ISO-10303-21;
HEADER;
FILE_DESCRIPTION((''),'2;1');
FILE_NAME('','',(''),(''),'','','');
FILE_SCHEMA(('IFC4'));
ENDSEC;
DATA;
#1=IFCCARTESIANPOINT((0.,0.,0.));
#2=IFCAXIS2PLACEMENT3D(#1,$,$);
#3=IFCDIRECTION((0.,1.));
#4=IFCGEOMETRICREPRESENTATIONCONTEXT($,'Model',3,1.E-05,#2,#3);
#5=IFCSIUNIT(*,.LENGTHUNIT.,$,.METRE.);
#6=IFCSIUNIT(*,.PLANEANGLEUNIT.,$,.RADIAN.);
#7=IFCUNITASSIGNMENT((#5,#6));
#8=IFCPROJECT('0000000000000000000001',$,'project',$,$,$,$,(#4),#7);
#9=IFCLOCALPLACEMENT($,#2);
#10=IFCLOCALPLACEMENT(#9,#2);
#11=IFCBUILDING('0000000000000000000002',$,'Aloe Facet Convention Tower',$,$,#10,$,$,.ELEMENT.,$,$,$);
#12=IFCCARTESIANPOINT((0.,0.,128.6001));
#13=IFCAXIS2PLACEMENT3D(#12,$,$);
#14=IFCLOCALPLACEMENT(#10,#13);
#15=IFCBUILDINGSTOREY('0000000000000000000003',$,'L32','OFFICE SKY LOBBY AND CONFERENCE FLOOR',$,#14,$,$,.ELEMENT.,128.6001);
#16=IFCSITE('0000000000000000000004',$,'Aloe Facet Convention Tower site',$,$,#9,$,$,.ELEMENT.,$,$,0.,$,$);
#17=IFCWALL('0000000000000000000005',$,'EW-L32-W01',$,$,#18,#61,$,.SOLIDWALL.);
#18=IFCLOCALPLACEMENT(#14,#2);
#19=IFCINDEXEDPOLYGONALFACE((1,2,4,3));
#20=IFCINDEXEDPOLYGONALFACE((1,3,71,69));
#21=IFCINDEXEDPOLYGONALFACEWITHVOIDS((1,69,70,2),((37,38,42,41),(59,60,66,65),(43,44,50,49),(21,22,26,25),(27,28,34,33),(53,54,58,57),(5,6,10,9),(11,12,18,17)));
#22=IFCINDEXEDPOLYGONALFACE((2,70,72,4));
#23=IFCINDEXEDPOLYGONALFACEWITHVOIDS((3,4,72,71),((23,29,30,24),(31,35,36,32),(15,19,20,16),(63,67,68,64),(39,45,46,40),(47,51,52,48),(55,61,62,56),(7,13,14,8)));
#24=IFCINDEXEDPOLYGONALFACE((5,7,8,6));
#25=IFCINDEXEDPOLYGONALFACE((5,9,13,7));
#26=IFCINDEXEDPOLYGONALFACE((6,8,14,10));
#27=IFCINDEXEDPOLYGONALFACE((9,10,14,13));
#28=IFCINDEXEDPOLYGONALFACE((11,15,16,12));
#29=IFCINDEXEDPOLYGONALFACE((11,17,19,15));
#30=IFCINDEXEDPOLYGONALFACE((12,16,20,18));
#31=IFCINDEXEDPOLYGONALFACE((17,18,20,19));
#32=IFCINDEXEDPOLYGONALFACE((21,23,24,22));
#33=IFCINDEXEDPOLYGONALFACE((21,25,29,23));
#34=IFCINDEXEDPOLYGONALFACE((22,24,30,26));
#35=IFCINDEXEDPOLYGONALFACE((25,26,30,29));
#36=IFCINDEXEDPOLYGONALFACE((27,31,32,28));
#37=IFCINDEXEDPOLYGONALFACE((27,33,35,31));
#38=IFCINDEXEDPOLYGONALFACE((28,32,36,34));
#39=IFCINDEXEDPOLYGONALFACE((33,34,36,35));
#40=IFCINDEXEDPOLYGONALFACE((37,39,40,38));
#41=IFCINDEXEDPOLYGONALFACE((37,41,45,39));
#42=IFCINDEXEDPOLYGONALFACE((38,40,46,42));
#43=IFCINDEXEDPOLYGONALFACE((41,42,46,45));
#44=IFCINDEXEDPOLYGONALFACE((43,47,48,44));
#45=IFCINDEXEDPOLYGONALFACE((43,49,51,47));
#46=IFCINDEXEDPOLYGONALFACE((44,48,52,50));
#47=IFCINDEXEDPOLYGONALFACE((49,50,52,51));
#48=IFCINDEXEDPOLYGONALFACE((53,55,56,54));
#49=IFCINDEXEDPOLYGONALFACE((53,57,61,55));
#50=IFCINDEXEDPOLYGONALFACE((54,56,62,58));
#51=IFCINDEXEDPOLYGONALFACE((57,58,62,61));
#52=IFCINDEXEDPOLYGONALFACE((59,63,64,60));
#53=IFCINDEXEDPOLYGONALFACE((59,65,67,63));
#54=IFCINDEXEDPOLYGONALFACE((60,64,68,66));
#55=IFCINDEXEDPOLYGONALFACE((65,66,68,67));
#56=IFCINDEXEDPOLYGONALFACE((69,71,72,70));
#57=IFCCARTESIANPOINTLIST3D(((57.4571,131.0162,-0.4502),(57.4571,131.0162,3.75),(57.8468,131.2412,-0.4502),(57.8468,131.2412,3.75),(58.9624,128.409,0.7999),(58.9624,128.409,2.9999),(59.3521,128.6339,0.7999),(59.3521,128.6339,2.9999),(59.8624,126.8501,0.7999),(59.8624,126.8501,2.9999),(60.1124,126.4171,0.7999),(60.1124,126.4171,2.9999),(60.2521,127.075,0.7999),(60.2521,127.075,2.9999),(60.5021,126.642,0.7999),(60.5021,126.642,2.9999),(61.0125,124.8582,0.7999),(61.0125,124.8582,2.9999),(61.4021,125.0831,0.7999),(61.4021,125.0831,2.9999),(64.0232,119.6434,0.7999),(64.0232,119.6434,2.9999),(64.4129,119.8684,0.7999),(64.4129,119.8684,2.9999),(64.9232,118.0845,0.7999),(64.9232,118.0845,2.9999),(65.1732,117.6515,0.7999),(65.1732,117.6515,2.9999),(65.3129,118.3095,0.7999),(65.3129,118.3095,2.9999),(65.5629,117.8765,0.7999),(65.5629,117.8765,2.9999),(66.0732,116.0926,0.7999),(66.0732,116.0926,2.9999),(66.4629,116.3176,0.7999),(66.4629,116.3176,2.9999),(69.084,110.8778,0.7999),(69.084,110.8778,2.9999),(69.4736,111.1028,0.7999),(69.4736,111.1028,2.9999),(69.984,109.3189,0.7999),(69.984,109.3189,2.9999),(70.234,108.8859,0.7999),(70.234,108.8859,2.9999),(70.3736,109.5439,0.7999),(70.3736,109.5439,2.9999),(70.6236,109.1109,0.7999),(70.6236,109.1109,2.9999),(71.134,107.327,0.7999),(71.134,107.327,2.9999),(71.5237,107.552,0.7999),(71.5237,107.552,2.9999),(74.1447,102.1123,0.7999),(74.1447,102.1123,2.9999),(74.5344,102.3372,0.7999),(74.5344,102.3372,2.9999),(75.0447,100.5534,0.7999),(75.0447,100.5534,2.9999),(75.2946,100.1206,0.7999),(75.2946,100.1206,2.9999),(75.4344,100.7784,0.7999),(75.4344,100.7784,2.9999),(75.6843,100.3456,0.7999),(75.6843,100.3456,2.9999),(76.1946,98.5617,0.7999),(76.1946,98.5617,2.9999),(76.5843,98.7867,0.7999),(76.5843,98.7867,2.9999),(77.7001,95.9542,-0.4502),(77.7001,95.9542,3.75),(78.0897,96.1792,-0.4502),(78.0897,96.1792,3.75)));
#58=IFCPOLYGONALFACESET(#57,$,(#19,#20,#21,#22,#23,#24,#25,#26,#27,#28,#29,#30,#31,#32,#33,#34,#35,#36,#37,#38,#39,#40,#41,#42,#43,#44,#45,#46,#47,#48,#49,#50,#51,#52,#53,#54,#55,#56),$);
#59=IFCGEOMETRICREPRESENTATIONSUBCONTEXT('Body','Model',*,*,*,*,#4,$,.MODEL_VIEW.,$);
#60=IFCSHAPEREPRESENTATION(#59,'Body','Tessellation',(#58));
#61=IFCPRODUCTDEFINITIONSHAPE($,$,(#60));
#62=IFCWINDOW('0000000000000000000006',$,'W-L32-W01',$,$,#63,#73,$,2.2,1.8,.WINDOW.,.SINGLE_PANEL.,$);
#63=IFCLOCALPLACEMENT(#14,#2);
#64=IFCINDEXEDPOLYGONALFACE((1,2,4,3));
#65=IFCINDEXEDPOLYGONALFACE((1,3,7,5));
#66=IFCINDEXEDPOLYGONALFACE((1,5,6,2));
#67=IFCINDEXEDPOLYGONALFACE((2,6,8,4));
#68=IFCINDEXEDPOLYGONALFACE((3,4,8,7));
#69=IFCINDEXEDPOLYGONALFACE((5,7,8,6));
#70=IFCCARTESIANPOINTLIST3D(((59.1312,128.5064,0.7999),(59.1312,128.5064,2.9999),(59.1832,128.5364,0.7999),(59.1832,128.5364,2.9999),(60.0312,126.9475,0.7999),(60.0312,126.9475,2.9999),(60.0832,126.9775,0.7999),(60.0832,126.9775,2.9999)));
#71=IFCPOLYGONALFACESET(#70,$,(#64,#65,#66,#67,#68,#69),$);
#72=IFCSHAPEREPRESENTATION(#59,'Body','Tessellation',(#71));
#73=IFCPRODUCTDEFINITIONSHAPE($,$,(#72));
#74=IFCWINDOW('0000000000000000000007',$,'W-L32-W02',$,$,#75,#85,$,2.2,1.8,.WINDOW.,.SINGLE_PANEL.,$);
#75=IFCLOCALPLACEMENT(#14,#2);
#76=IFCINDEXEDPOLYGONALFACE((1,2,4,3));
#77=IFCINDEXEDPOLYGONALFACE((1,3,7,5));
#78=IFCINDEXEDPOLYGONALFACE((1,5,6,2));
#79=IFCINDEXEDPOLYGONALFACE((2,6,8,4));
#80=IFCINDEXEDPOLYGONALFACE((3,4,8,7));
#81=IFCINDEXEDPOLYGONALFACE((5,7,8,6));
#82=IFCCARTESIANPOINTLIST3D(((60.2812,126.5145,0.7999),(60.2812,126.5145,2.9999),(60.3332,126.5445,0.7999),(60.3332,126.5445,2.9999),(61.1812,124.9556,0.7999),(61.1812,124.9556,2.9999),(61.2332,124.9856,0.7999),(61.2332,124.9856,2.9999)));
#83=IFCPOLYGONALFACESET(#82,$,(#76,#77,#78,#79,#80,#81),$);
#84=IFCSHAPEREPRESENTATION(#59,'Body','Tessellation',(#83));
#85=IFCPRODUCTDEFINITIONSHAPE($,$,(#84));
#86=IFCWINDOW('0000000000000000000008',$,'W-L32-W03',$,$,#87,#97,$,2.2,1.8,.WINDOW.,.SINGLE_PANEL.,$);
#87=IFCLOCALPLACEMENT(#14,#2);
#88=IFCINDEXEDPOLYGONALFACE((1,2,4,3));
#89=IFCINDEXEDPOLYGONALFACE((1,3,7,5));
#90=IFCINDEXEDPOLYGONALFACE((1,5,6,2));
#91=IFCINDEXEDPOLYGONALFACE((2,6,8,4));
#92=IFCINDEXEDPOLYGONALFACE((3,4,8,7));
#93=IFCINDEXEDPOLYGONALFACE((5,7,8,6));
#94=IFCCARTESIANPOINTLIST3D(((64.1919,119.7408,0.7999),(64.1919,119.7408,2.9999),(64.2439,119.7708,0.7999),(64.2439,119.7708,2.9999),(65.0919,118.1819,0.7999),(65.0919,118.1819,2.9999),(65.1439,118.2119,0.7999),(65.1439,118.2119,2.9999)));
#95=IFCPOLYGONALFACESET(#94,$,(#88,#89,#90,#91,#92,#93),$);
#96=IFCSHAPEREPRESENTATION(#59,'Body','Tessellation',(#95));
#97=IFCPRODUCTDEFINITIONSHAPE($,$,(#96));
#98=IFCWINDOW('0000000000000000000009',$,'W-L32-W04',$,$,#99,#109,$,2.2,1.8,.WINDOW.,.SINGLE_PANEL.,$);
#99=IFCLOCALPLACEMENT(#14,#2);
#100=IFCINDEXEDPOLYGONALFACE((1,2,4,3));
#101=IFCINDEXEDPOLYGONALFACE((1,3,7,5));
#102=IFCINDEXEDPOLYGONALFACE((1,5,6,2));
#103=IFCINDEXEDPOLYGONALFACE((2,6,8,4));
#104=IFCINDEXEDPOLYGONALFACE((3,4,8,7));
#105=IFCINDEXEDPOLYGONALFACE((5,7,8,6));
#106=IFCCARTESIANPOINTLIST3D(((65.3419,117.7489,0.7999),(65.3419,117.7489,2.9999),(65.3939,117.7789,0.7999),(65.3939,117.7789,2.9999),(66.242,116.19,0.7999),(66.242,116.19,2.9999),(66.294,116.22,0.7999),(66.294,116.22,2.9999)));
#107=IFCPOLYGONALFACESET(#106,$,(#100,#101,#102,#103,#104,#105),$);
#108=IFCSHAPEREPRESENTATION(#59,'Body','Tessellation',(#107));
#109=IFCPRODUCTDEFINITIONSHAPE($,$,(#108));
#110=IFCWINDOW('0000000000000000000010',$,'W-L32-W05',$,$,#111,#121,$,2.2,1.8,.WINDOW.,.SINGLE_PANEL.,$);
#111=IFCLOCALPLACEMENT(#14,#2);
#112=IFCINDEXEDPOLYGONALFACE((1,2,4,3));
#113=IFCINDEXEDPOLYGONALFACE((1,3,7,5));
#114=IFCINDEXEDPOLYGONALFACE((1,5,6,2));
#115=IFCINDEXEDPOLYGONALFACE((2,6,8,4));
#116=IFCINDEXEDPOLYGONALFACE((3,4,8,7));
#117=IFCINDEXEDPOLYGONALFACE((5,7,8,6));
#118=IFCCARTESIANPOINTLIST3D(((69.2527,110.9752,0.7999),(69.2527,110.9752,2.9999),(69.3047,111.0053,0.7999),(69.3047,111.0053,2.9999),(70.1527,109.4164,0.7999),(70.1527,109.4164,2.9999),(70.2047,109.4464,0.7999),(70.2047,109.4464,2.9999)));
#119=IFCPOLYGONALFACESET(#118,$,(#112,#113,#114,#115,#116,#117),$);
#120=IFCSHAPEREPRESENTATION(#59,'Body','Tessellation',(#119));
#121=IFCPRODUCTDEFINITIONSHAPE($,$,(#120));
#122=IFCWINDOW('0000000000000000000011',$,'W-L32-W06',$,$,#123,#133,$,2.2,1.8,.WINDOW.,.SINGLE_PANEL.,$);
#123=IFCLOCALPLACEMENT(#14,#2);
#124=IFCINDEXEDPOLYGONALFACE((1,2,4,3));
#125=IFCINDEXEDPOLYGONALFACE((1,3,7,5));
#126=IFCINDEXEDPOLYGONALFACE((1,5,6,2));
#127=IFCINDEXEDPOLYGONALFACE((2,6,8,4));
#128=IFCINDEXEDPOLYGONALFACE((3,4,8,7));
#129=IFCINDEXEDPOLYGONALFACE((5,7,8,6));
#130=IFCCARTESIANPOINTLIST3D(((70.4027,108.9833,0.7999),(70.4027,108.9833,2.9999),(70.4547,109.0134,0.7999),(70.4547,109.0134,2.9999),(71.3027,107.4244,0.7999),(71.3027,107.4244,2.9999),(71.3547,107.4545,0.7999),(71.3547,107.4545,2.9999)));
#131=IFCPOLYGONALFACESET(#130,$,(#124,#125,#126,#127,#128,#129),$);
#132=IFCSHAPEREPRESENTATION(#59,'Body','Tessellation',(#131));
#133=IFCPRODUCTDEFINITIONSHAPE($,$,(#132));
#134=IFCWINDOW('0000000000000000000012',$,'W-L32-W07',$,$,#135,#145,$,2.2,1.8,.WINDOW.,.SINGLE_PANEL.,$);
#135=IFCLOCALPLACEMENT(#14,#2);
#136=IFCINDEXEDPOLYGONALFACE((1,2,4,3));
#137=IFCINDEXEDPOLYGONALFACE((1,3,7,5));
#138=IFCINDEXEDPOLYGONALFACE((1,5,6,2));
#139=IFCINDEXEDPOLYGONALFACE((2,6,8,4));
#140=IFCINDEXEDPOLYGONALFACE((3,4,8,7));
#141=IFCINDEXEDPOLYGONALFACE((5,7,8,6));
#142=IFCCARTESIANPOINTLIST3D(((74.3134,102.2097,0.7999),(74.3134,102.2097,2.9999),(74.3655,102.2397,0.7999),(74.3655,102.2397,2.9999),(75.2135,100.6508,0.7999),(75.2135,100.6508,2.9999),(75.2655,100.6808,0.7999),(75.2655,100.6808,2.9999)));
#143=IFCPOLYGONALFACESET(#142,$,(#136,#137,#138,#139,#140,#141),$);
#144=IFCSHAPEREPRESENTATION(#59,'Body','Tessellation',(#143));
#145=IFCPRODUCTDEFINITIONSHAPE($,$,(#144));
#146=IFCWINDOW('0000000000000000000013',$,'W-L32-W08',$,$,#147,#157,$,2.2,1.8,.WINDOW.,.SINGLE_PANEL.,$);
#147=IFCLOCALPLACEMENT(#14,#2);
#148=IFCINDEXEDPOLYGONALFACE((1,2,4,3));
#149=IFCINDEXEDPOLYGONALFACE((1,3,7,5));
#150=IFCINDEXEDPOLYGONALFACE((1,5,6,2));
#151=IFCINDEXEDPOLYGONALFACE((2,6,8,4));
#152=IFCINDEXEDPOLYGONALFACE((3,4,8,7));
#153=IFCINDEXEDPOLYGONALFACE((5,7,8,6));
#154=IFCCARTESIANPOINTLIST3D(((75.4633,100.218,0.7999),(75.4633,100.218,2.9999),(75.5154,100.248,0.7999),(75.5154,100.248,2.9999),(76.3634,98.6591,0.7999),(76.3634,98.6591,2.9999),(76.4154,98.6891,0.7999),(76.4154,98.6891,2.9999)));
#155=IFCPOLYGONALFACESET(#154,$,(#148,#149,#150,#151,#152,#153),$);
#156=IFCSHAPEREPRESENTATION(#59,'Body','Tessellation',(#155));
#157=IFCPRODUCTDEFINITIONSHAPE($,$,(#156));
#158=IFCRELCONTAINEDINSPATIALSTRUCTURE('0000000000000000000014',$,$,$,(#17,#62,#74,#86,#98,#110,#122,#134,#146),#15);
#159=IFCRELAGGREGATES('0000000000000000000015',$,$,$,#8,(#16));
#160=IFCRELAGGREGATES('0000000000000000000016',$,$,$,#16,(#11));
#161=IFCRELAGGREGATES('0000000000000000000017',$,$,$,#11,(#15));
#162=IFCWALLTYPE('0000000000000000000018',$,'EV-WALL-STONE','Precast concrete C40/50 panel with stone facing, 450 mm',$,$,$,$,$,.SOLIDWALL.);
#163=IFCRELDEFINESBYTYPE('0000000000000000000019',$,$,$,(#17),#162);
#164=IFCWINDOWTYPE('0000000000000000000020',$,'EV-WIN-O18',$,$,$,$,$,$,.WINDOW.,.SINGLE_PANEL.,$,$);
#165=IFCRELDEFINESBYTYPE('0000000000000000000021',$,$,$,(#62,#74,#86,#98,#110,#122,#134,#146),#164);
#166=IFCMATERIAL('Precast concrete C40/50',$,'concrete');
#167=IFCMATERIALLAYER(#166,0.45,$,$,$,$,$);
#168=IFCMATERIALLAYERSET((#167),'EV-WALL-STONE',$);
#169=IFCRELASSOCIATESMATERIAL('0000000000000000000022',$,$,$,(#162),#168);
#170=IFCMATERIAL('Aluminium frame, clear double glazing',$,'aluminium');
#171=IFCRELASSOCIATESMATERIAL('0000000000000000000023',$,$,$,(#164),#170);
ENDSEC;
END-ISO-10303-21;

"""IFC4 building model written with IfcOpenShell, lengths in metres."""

from ifc_helpers import new_model, si_unit, direction, frame, frame_2d, origin, place, context, subcontext, project, spatial, polyline, rectangle, outline, extrude, material, layer, layer_set, type_object, element, fill, save


model = new_model("IFC4")

# Units and contexts
model_context = context("Model", 3, precision=1e-05, world=origin(), true_north=direction((0.0, 1.0)))
body_context = subcontext(model_context, "Body", "Model", "MODEL_VIEW")
ifc_project = project(units=[si_unit("LENGTHUNIT", "METRE"), si_unit("PLANEANGLEUNIT", "RADIAN")], contexts=[model_context])

# Site, building, storey
site_placement = place(None, origin())
site = spatial("IfcSite", under=ifc_project, at=site_placement, Name="Aloe Facet Convention Tower site", CompositionType="ELEMENT", RefElevation=0.0)
building_placement = place(site_placement, origin())
building = spatial("IfcBuilding", under=site, at=building_placement, Name="Aloe Facet Convention Tower", CompositionType="ELEMENT")
storey_placement = place(building_placement, frame((0.0, 0.0, 128.6001)))
storey = spatial("IfcBuildingStorey", under=building, at=storey_placement, Name="L32", Description="OFFICE SKY LOBBY AND CONFERENCE FLOOR", CompositionType="ELEMENT", Elevation=128.6001)

# Wall, openings, windows
ifc_material_1 = material(Name="Precast concrete C40/50", Category="concrete")
ifc_layer_1 = layer(ifc_material_1, 0.45)
ifc_layer_set_1 = layer_set([ifc_layer_1], Name="EV-WALL-STONE")
wall_type_1 = type_object("IfcWallType", Name="EV-WALL-STONE", Description="Precast concrete C40/50 panel with stone facing, 450 mm", PredefinedType="SOLIDWALL", material=ifc_layer_set_1)
wall_1_placement = place(storey_placement, frame((57.6519, 131.1287, -0.4502), z_axis=(0.0, 0.0, 1.0), x_axis=(0.499997, -0.866027, 0.0)))
wall_1 = element("IfcWall", 1, at=wall_1_placement, inside=storey, type_object=wall_type_1, Name="EW-L32-W01", PredefinedType="SOLIDWALL", context=body_context, shape_type="SweptSolid", body=[
    extrude(outline(polyline([(40.4861, 0.0), (40.4861, 4.2002), (0.0, 4.2002), (0.0, 0.0), (40.4861, 0.0)])), frame((0.0, 0.2251, 0.0), z_axis=(0.0, -1.0, 0.0), x_axis=(1.0, 0.0, 0.0)), (0.0, 0.0, 1.0), 0.45),
])
opening_1_placement = place(wall_1_placement, frame((3.0107, 0.0, 1.25)))
opening_1 = element("IfcOpeningElement", 2, at=opening_1_placement, cuts=wall_1, PredefinedType="OPENING", context=body_context, shape_type="SweptSolid", body=[
    extrude(rectangle(XDim=1.8, YDim=2.2, at=frame_2d((0.8999, 1.1001))), frame((0.0, 0.2349, 0.0), z_axis=(0.0, -1.0, 0.0), x_axis=(1.0, 0.0, 0.0)), (0.0, 0.0, 1.0), 0.47),
])
opening_2_placement = place(wall_1_placement, frame((5.3108, 0.0, 1.25)))
opening_2 = element("IfcOpeningElement", 3, at=opening_2_placement, cuts=wall_1, PredefinedType="OPENING", context=body_context, shape_type="SweptSolid", body=[
    extrude(rectangle(XDim=1.8, YDim=2.2, at=frame_2d((0.8999, 1.1001))), frame((0.0, 0.2349, 0.0), z_axis=(0.0, -1.0, 0.0), x_axis=(1.0, 0.0, 0.0)), (0.0, 0.0, 1.0), 0.47),
])
opening_3_placement = place(wall_1_placement, frame((13.1323, 0.0, 1.25)))
opening_3 = element("IfcOpeningElement", 4, at=opening_3_placement, cuts=wall_1, PredefinedType="OPENING", context=body_context, shape_type="SweptSolid", body=[
    extrude(rectangle(XDim=1.8, YDim=2.2, at=frame_2d((0.8999, 1.1001))), frame((0.0, 0.2349, 0.0), z_axis=(0.0, -1.0, 0.0), x_axis=(1.0, 0.0, 0.0)), (0.0, 0.0, 1.0), 0.47),
])
opening_4_placement = place(wall_1_placement, frame((15.4324, 0.0, 1.25)))
opening_4 = element("IfcOpeningElement", 5, at=opening_4_placement, cuts=wall_1, PredefinedType="OPENING", context=body_context, shape_type="SweptSolid", body=[
    extrude(rectangle(XDim=1.8, YDim=2.2, at=frame_2d((0.8999, 1.1001))), frame((0.0, 0.2349, 0.0), z_axis=(0.0, -1.0, 0.0), x_axis=(1.0, 0.0, 0.0)), (0.0, 0.0, 1.0), 0.47),
])
opening_5_placement = place(wall_1_placement, frame((23.2539, 0.0, 1.25)))
opening_5 = element("IfcOpeningElement", 6, at=opening_5_placement, cuts=wall_1, PredefinedType="OPENING", context=body_context, shape_type="SweptSolid", body=[
    extrude(rectangle(XDim=1.8, YDim=2.2, at=frame_2d((0.8999, 1.1001))), frame((0.0, 0.2349, 0.0), z_axis=(0.0, -1.0, 0.0), x_axis=(1.0, 0.0, 0.0)), (0.0, 0.0, 1.0), 0.47),
])
opening_6_placement = place(wall_1_placement, frame((25.554, 0.0, 1.25)))
opening_6 = element("IfcOpeningElement", 7, at=opening_6_placement, cuts=wall_1, PredefinedType="OPENING", context=body_context, shape_type="SweptSolid", body=[
    extrude(rectangle(XDim=1.8, YDim=2.2, at=frame_2d((0.8999, 1.1001))), frame((0.0, 0.2349, 0.0), z_axis=(0.0, -1.0, 0.0), x_axis=(1.0, 0.0, 0.0)), (0.0, 0.0, 1.0), 0.47),
])
opening_7_placement = place(wall_1_placement, frame((33.3755, 0.0, 1.25)))
opening_7 = element("IfcOpeningElement", 8, at=opening_7_placement, cuts=wall_1, PredefinedType="OPENING", context=body_context, shape_type="SweptSolid", body=[
    extrude(rectangle(XDim=1.8, YDim=2.2, at=frame_2d((0.8999, 1.1001))), frame((0.0, 0.2349, 0.0), z_axis=(0.0, -1.0, 0.0), x_axis=(1.0, 0.0, 0.0)), (0.0, 0.0, 1.0), 0.47),
])
opening_8_placement = place(wall_1_placement, frame((35.6753, 0.0, 1.25)))
opening_8 = element("IfcOpeningElement", 9, at=opening_8_placement, cuts=wall_1, PredefinedType="OPENING", context=body_context, shape_type="SweptSolid", body=[
    extrude(rectangle(XDim=1.8, YDim=2.2, at=frame_2d((0.8999, 1.1001))), frame((0.0, 0.2349, 0.0), z_axis=(0.0, -1.0, 0.0), x_axis=(1.0, 0.0, 0.0)), (0.0, 0.0, 1.0), 0.47),
])
ifc_material_2 = material(Name="Aluminium frame, clear double glazing", Category="aluminium")
window_type = type_object("IfcWindowType", Name="EV-WIN-O18", PartitioningType="SINGLE_PANEL", PredefinedType="WINDOW", material=ifc_material_2)
window_1_placement = place(opening_1_placement, origin())
window_1 = element("IfcWindow", 10, at=window_1_placement, inside=storey, type_object=window_type, Name="W-L32-W01", OverallHeight=2.2, OverallWidth=1.8, PartitioningType="SINGLE_PANEL", PredefinedType="WINDOW", context=body_context, shape_type="SweptSolid", body=[
    extrude(rectangle(XDim=1.8, YDim=2.2, at=frame_2d((0.8999, 1.1001))), frame((0.0, 0.03, 0.0), z_axis=(0.0, -1.0, 0.0), x_axis=(1.0, 0.0, 0.0)), (0.0, 0.0, 1.0), 0.0601),
])
fill(opening_1, window_1)
window_2_placement = place(opening_2_placement, origin())
window_2 = element("IfcWindow", 11, at=window_2_placement, inside=storey, type_object=window_type, Name="W-L32-W02", OverallHeight=2.2, OverallWidth=1.8, PartitioningType="SINGLE_PANEL", PredefinedType="WINDOW", context=body_context, shape_type="SweptSolid", body=[
    extrude(rectangle(XDim=1.8, YDim=2.2, at=frame_2d((0.8999, 1.1001))), frame((0.0, 0.03, 0.0), z_axis=(0.0, -1.0, 0.0), x_axis=(1.0, 0.0, 0.0)), (0.0, 0.0, 1.0), 0.0601),
])
fill(opening_2, window_2)
window_3_placement = place(opening_3_placement, origin())
window_3 = element("IfcWindow", 12, at=window_3_placement, inside=storey, type_object=window_type, Name="W-L32-W03", OverallHeight=2.2, OverallWidth=1.8, PartitioningType="SINGLE_PANEL", PredefinedType="WINDOW", context=body_context, shape_type="SweptSolid", body=[
    extrude(rectangle(XDim=1.8, YDim=2.2, at=frame_2d((0.8999, 1.1001))), frame((0.0, 0.03, 0.0), z_axis=(0.0, -1.0, 0.0), x_axis=(1.0, 0.0, 0.0)), (0.0, 0.0, 1.0), 0.0601),
])
fill(opening_3, window_3)
window_4_placement = place(opening_4_placement, origin())
window_4 = element("IfcWindow", 13, at=window_4_placement, inside=storey, type_object=window_type, Name="W-L32-W04", OverallHeight=2.2, OverallWidth=1.8, PartitioningType="SINGLE_PANEL", PredefinedType="WINDOW", context=body_context, shape_type="SweptSolid", body=[
    extrude(rectangle(XDim=1.8, YDim=2.2, at=frame_2d((0.8999, 1.1001))), frame((0.0, 0.03, 0.0), z_axis=(0.0, -1.0, 0.0), x_axis=(1.0, 0.0, 0.0)), (0.0, 0.0, 1.0), 0.0601),
])
fill(opening_4, window_4)
window_5_placement = place(opening_5_placement, origin())
window_5 = element("IfcWindow", 14, at=window_5_placement, inside=storey, type_object=window_type, Name="W-L32-W05", OverallHeight=2.2, OverallWidth=1.8, PartitioningType="SINGLE_PANEL", PredefinedType="WINDOW", context=body_context, shape_type="SweptSolid", body=[
    extrude(rectangle(XDim=1.8, YDim=2.2, at=frame_2d((0.8999, 1.1001))), frame((0.0, 0.03, 0.0), z_axis=(0.0, -1.0, 0.0), x_axis=(1.0, 0.0, 0.0)), (0.0, 0.0, 1.0), 0.0601),
])
fill(opening_5, window_5)
window_6_placement = place(opening_6_placement, origin())
window_6 = element("IfcWindow", 15, at=window_6_placement, inside=storey, type_object=window_type, Name="W-L32-W06", OverallHeight=2.2, OverallWidth=1.8, PartitioningType="SINGLE_PANEL", PredefinedType="WINDOW", context=body_context, shape_type="SweptSolid", body=[
    extrude(rectangle(XDim=1.8, YDim=2.2, at=frame_2d((0.8999, 1.1001))), frame((0.0, 0.03, 0.0), z_axis=(0.0, -1.0, 0.0), x_axis=(1.0, 0.0, 0.0)), (0.0, 0.0, 1.0), 0.0601),
])
fill(opening_6, window_6)
window_7_placement = place(opening_7_placement, origin())
window_7 = element("IfcWindow", 16, at=window_7_placement, inside=storey, type_object=window_type, Name="W-L32-W07", OverallHeight=2.2, OverallWidth=1.8, PartitioningType="SINGLE_PANEL", PredefinedType="WINDOW", context=body_context, shape_type="SweptSolid", body=[
    extrude(rectangle(XDim=1.8, YDim=2.2, at=frame_2d((0.8999, 1.1001))), frame((0.0, 0.03, 0.0), z_axis=(0.0, -1.0, 0.0), x_axis=(1.0, 0.0, 0.0)), (0.0, 0.0, 1.0), 0.0601),
])
fill(opening_7, window_7)
window_8_placement = place(opening_8_placement, origin())
window_8 = element("IfcWindow", 17, at=window_8_placement, inside=storey, type_object=window_type, Name="W-L32-W08", OverallHeight=2.2, OverallWidth=1.8, PartitioningType="SINGLE_PANEL", PredefinedType="WINDOW", context=body_context, shape_type="SweptSolid", body=[
    extrude(rectangle(XDim=1.8, YDim=2.2, at=frame_2d((0.8999, 1.1001))), frame((0.0, 0.03, 0.0), z_axis=(0.0, -1.0, 0.0), x_axis=(1.0, 0.0, 0.0)), (0.0, 0.0, 1.0), 0.0601),
])
fill(opening_8, window_8)

save(model, "model.ifc")
